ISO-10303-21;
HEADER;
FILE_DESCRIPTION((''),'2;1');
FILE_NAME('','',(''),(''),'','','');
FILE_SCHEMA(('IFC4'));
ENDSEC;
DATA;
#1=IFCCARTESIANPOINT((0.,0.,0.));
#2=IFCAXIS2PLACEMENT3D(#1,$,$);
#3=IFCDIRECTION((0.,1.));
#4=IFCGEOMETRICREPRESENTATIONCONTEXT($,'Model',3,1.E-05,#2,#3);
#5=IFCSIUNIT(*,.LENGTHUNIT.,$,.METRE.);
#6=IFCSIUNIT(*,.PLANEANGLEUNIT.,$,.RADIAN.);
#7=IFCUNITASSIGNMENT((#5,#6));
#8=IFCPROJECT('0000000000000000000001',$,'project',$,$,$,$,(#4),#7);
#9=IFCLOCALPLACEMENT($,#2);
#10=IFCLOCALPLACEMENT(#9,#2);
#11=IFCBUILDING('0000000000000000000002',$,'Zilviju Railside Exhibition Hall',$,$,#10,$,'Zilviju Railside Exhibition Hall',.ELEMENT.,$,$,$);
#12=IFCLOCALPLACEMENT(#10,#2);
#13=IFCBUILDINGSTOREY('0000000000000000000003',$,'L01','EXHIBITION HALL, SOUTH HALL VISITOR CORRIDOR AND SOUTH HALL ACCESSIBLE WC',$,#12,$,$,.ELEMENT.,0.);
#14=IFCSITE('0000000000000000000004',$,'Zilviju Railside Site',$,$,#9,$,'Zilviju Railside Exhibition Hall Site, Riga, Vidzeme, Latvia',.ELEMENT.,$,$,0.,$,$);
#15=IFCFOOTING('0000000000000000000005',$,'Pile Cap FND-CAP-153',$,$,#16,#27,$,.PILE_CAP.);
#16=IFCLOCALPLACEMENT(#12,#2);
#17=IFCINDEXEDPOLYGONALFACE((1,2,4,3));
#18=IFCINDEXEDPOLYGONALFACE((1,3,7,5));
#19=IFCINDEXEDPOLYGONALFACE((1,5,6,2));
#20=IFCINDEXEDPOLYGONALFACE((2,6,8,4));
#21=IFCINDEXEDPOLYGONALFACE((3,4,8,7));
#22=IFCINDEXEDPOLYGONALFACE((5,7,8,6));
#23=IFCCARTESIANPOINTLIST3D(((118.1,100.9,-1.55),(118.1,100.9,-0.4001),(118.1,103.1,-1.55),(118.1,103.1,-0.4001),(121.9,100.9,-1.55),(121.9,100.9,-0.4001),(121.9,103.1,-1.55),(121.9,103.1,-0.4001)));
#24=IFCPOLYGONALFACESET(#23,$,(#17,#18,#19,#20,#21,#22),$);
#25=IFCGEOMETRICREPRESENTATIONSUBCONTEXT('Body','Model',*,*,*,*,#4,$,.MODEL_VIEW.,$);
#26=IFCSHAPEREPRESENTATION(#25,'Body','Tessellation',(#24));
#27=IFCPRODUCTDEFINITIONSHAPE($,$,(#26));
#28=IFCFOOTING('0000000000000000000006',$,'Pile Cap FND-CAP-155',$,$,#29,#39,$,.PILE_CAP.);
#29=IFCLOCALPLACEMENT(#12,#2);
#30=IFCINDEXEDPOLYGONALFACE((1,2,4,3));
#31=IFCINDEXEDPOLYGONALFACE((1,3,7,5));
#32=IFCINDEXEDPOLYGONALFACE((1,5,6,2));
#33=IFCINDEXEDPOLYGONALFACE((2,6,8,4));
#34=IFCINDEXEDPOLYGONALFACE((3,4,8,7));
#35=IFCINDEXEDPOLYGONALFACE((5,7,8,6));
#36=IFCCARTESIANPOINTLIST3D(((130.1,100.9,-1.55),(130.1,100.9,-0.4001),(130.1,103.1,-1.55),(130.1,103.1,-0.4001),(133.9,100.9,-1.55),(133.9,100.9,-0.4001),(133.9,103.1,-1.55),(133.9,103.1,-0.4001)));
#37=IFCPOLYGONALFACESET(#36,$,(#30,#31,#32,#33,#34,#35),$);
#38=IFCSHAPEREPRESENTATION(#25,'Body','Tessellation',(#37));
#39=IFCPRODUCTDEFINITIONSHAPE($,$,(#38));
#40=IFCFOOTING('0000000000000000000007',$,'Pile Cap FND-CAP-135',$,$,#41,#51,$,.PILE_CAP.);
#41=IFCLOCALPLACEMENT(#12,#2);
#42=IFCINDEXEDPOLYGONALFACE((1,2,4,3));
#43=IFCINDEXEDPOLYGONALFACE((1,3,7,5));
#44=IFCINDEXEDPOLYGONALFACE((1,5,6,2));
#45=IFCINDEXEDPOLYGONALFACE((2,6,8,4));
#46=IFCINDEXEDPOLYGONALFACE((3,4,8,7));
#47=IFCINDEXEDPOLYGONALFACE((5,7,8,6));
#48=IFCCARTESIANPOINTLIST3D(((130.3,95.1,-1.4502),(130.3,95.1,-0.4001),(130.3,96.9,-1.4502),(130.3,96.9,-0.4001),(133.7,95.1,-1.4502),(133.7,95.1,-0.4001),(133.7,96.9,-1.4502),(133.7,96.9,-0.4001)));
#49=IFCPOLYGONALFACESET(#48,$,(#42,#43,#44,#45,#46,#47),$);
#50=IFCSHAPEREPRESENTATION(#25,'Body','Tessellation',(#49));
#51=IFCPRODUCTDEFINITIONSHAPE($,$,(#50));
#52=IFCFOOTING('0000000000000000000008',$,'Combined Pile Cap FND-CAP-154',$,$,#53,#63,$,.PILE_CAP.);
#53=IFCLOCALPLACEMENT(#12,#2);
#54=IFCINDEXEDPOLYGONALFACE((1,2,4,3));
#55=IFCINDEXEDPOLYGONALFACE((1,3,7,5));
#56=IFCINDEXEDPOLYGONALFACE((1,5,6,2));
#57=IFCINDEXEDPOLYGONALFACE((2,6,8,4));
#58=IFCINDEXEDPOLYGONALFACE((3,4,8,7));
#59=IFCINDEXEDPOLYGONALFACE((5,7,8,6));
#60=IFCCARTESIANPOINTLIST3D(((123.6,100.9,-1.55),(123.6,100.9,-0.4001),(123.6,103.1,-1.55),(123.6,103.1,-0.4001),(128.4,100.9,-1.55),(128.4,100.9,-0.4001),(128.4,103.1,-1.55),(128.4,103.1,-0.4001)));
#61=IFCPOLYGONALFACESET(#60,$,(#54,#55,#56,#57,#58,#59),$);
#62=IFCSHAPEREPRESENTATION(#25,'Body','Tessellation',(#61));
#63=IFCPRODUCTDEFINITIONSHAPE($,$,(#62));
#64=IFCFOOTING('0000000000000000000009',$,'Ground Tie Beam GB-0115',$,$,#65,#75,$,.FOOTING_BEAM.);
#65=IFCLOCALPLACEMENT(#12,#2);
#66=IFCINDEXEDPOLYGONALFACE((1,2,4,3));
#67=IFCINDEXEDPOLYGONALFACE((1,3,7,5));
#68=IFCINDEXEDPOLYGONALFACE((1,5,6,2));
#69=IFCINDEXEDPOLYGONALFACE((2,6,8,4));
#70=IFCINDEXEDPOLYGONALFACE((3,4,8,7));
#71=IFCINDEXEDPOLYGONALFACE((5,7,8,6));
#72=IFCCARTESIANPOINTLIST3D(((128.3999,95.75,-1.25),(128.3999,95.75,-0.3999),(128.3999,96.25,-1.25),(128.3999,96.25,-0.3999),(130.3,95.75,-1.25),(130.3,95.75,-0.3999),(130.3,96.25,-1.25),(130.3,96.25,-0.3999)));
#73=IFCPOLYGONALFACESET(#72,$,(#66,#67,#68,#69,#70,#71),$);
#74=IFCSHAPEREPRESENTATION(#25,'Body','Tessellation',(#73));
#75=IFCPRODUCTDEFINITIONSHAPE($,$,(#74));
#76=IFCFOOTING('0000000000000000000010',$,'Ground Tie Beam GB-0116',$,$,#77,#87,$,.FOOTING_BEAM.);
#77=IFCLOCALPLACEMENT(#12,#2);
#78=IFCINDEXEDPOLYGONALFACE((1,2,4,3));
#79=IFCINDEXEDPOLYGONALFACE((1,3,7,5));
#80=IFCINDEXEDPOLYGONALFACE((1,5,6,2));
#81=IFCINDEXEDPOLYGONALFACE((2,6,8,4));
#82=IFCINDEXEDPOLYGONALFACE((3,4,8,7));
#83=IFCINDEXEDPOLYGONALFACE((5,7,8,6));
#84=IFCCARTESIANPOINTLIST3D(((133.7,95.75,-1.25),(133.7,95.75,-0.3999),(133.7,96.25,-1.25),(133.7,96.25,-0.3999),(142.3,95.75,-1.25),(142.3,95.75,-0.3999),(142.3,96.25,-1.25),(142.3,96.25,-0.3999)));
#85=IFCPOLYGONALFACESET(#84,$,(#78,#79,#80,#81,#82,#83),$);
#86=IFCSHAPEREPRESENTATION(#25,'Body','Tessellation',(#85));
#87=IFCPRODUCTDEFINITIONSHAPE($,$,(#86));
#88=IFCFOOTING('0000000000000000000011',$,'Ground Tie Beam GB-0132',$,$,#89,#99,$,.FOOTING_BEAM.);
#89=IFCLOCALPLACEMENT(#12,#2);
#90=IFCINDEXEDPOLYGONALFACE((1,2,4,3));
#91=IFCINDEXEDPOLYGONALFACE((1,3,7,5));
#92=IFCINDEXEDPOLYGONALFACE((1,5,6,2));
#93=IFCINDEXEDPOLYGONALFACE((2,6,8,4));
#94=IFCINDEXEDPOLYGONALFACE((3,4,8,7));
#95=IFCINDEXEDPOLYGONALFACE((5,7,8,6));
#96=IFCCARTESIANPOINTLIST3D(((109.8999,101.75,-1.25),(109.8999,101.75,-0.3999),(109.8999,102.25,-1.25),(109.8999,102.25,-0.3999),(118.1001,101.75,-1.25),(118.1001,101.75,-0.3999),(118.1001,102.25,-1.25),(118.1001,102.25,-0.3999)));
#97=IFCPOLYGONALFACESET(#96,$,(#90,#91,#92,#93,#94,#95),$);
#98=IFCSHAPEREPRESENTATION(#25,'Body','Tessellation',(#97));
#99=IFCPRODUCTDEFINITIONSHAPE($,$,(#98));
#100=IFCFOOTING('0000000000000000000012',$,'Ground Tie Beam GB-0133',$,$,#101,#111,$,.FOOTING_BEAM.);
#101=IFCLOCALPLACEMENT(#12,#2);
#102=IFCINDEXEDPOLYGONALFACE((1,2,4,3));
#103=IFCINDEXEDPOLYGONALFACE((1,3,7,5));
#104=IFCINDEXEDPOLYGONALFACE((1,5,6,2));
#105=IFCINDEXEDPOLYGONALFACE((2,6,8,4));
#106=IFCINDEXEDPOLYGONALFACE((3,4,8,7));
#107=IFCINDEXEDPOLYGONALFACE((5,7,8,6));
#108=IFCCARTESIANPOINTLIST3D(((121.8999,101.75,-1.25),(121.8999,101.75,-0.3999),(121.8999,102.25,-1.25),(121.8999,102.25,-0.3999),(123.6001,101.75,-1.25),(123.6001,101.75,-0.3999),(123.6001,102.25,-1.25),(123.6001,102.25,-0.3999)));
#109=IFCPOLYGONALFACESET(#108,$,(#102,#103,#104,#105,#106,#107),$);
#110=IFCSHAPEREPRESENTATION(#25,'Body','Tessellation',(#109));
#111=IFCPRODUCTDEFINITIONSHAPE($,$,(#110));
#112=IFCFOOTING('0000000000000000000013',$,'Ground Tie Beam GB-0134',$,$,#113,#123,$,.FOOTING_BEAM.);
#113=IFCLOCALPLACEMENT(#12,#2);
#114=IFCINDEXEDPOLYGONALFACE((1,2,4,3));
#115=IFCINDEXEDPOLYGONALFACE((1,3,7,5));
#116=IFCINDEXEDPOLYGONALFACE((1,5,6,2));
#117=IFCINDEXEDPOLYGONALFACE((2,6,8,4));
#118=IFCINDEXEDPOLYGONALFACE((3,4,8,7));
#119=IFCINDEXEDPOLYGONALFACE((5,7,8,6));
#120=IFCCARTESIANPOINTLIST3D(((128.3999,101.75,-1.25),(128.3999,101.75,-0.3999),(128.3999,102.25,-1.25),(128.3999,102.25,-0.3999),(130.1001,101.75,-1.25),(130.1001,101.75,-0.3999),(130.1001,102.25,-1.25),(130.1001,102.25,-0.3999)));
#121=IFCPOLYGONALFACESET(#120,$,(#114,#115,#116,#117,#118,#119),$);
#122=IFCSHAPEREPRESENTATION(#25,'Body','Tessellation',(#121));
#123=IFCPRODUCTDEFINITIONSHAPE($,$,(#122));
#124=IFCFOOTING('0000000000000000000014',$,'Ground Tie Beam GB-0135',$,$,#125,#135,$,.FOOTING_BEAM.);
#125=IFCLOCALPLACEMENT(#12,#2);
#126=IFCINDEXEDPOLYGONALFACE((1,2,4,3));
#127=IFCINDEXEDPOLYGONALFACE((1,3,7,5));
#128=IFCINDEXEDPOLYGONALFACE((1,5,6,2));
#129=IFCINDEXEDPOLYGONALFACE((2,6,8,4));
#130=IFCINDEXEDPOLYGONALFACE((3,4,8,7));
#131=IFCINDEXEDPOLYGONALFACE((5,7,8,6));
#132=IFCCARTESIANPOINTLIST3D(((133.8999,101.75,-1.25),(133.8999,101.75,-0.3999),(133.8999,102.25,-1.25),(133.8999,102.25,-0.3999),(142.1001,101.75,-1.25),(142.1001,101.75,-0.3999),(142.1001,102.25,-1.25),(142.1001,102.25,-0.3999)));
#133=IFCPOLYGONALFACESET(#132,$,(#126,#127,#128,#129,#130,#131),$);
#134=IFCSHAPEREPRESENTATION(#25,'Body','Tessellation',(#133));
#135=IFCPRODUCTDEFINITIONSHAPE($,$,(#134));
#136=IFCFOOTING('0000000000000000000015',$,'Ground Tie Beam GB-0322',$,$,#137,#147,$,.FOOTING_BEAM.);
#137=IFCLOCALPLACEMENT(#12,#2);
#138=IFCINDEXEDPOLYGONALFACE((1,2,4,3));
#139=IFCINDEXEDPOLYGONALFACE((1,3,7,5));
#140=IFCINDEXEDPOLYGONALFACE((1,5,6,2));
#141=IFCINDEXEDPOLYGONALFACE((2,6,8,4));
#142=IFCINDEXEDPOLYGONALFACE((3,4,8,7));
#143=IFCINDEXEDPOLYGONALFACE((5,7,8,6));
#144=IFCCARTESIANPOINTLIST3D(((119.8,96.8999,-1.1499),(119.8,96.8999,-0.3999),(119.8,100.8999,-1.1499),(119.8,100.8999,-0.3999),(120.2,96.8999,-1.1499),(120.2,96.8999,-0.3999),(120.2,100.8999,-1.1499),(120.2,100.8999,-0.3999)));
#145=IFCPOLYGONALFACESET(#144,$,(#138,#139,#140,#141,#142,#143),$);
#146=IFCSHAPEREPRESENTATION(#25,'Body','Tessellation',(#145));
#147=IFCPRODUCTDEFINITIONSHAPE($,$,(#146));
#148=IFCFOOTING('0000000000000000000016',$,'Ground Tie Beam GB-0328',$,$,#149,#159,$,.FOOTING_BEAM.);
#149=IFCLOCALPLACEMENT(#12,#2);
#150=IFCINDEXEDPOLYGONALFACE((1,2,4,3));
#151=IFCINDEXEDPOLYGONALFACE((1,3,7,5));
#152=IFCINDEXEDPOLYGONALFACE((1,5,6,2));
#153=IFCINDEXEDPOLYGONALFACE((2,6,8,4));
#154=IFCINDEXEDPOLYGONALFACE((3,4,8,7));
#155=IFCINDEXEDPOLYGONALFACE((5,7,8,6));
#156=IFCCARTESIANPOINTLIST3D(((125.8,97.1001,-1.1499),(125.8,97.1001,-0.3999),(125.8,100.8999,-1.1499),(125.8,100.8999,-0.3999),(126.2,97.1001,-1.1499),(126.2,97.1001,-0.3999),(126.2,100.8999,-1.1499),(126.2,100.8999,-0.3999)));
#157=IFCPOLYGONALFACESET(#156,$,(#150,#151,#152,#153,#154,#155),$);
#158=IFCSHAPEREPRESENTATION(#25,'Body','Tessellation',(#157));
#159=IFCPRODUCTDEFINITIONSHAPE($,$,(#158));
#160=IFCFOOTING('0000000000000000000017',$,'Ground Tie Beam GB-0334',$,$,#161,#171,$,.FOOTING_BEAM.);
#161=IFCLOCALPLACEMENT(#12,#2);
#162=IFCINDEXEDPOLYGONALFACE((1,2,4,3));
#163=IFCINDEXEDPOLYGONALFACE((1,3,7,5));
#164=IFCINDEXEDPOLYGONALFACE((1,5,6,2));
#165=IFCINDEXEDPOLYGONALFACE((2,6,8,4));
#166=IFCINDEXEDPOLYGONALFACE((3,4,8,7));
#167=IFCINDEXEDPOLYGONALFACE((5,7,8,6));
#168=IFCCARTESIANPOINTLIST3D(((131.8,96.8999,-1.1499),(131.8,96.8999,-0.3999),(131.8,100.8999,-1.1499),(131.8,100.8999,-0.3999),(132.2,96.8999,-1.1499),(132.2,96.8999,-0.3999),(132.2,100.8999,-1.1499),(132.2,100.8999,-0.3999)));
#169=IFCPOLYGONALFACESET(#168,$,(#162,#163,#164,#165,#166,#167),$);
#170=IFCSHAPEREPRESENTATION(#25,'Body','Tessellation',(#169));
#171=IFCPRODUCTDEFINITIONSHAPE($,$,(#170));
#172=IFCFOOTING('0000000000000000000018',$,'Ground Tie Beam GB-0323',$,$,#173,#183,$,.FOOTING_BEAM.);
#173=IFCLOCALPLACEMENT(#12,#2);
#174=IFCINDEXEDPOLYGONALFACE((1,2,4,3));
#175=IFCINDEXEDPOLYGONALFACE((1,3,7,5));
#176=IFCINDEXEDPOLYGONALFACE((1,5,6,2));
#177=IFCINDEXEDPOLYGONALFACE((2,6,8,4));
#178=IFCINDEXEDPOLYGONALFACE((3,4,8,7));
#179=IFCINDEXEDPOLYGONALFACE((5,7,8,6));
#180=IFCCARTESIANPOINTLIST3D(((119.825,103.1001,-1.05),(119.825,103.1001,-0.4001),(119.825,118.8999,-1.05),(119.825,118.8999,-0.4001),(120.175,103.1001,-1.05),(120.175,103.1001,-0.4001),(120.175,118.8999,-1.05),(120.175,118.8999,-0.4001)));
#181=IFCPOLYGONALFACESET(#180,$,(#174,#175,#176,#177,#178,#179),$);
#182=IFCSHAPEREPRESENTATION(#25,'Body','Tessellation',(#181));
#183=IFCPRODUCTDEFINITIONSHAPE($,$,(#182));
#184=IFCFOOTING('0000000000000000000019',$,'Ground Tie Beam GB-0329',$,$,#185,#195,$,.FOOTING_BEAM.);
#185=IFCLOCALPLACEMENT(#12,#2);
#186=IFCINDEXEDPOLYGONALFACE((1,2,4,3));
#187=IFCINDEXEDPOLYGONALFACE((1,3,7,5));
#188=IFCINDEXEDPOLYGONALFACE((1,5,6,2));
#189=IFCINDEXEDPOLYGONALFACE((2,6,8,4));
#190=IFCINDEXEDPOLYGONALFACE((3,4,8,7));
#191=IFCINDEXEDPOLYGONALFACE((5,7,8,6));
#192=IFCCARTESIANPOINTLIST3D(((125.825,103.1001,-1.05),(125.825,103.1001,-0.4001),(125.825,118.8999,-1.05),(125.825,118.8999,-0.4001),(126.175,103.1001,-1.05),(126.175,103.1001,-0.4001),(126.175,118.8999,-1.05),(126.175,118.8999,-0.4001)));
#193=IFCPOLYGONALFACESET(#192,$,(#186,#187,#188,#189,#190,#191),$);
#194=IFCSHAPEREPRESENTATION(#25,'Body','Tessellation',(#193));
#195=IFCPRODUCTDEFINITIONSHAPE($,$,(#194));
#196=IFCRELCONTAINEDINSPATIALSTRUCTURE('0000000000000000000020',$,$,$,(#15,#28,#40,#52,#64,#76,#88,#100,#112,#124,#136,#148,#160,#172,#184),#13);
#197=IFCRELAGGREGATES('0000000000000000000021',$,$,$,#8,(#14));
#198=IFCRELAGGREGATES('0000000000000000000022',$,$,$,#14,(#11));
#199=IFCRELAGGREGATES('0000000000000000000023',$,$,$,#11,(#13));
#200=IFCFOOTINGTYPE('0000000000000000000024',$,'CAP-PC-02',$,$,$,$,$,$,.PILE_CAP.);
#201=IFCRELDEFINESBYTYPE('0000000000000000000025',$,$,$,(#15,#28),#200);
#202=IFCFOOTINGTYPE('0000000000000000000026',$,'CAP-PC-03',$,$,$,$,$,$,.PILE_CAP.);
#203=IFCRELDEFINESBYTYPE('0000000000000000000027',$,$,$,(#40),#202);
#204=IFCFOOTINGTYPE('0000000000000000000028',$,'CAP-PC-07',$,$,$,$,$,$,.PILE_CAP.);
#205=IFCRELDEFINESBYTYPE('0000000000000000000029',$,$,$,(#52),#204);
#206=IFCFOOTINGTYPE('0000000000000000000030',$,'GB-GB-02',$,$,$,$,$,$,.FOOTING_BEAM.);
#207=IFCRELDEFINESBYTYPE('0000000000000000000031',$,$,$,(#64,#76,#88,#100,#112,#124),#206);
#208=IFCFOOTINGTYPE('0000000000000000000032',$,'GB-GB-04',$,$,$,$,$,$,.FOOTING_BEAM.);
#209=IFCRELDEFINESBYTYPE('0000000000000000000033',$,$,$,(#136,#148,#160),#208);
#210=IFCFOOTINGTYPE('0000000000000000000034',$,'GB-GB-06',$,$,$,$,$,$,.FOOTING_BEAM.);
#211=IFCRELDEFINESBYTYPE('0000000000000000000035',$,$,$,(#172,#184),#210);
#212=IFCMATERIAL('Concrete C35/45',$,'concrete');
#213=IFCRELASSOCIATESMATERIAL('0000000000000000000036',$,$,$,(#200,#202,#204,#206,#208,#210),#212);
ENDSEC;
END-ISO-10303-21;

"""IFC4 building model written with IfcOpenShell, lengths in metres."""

from ifc_helpers import new_model, si_unit, direction, frame, origin, origin_2d, place, context, subcontext, project, spatial, rectangle, extrude, material, material_profile, profile_set, type_object, element, save


model = new_model("IFC4")

# Units and contexts
model_context = context("Model", 3, precision=1e-05, world=origin(), true_north=direction((0.0, 1.0)))
body_context = subcontext(model_context, "Body", "Model", "MODEL_VIEW")
ifc_project = project(units=[si_unit("LENGTHUNIT", "METRE"), si_unit("PLANEANGLEUNIT", "RADIAN")], contexts=[model_context])

# Site, building, storey
site_placement = place(None, origin())
site = spatial("IfcSite", under=ifc_project, at=site_placement, Name="Zilviju Railside Site", LongName="Zilviju Railside Exhibition Hall Site, Riga, Vidzeme, Latvia", CompositionType="ELEMENT", RefElevation=0.0)
building_placement = place(site_placement, origin())
building = spatial("IfcBuilding", under=site, at=building_placement, Name="Zilviju Railside Exhibition Hall", LongName="Zilviju Railside Exhibition Hall", CompositionType="ELEMENT")
storey_placement = place(building_placement, origin())
storey = spatial("IfcBuildingStorey", under=building, at=storey_placement, Name="L01", Description="EXHIBITION HALL, SOUTH HALL VISITOR CORRIDOR AND SOUTH HALL ACCESSIBLE WC", CompositionType="ELEMENT", Elevation=0.0)

# Footings
ifc_material_1 = material(Name="Concrete C35/45", Category="concrete")
footing_type_1 = type_object("IfcFootingType", Name="CAP-PC-02", PredefinedType="PILE_CAP", material=ifc_material_1)
for number, where, z_axis, x_axis, name in (
    (1, (120.0, 102.0, -1.55), (0.0, 0.0, 1.0), (1.0, 0.0, 0.0), "Pile Cap FND-CAP-153"),
    (2, (132.0, 102.0, -1.55), (0.0, 0.0, 1.0), (1.0, 0.0, 0.0), "Pile Cap FND-CAP-155"),
):
    element("IfcFooting", number, at=place(storey_placement, frame(where, z_axis=z_axis, x_axis=x_axis)), inside=storey, type_object=footing_type_1, Name=name, PredefinedType="PILE_CAP", context=body_context, shape_type="SweptSolid", body=[
        extrude(rectangle(XDim=3.8, YDim=2.2, at=origin_2d()), origin(), (0.0, 0.0, 1.0), 1.1499),
    ])
footing_type_2 = type_object("IfcFootingType", Name="CAP-PC-03", PredefinedType="PILE_CAP", material=ifc_material_1)
footing_1_placement = place(storey_placement, frame((132.0, 96.0, -1.4502), z_axis=(0.0, 0.0, 1.0), x_axis=(1.0, 0.0, 0.0)))
element("IfcFooting", 3, at=footing_1_placement, inside=storey, type_object=footing_type_2, Name="Pile Cap FND-CAP-135", PredefinedType="PILE_CAP", context=body_context, shape_type="SweptSolid", body=[
    extrude(rectangle(XDim=3.3999, YDim=1.8, at=origin_2d()), origin(), (0.0, 0.0, 1.0), 1.05),
])
footing_type_3 = type_object("IfcFootingType", Name="CAP-PC-07", PredefinedType="PILE_CAP", material=ifc_material_1)
footing_2_placement = place(storey_placement, frame((126.0, 102.0, -1.55), z_axis=(0.0, 0.0, 1.0), x_axis=(1.0, 0.0, 0.0)))
element("IfcFooting", 4, at=footing_2_placement, inside=storey, type_object=footing_type_3, Name="Combined Pile Cap FND-CAP-154", PredefinedType="PILE_CAP", context=body_context, shape_type="SweptSolid", body=[
    extrude(rectangle(XDim=4.8, YDim=2.2, at=origin_2d()), origin(), (0.0, 0.0, 1.0), 1.1499),
])
ifc_material_profile_1 = material_profile(ifc_material_1, rectangle(XDim=0.5, YDim=0.8501, at=origin_2d()), Name="TIE BEAM 500x850")
ifc_profile_set_1 = profile_set([ifc_material_profile_1], Name="Concrete C35/45")
footing_type_4 = type_object("IfcFootingType", Name="GB-GB-02", PredefinedType="FOOTING_BEAM", material=ifc_profile_set_1)
footing_3_placement = place(storey_placement, frame((128.3999, 96.0, -0.825), z_axis=(1.0, 0.0, 0.0), x_axis=(0.0, 1.0, 0.0)))
element("IfcFooting", 5, at=footing_3_placement, inside=storey, type_object=footing_type_4, Name="Ground Tie Beam GB-0115", PredefinedType="FOOTING_BEAM", context=body_context, shape_type="SweptSolid", body=[
    extrude(rectangle(XDim=0.5, YDim=0.8501, at=origin_2d()), origin(), (0.0, 0.0, 1.0), 1.9001),
])
footing_4_placement = place(storey_placement, frame((133.7, 96.0, -0.825), z_axis=(1.0, 0.0, 0.0), x_axis=(0.0, 1.0, 0.0)))
element("IfcFooting", 6, at=footing_4_placement, inside=storey, type_object=footing_type_4, Name="Ground Tie Beam GB-0116", PredefinedType="FOOTING_BEAM", context=body_context, shape_type="SweptSolid", body=[
    extrude(rectangle(XDim=0.5, YDim=0.8501, at=origin_2d()), origin(), (0.0, 0.0, 1.0), 8.6001),
])
footing_5_placement = place(storey_placement, frame((109.8999, 102.0, -0.825), z_axis=(1.0, 0.0, 0.0), x_axis=(0.0, 1.0, 0.0)))
element("IfcFooting", 7, at=footing_5_placement, inside=storey, type_object=footing_type_4, Name="Ground Tie Beam GB-0132", PredefinedType="FOOTING_BEAM", context=body_context, shape_type="SweptSolid", body=[
    extrude(rectangle(XDim=0.5, YDim=0.8501, at=origin_2d()), origin(), (0.0, 0.0, 1.0), 8.2002),
])
for number, where, z_axis, x_axis, name in (
    (8, (121.8999, 102.0, -0.825), (1.0, 0.0, 0.0), (0.0, 1.0, 0.0), "Ground Tie Beam GB-0133"),
    (9, (128.3999, 102.0, -0.825), (1.0, 0.0, 0.0), (0.0, 1.0, 0.0), "Ground Tie Beam GB-0134"),
):
    element("IfcFooting", number, at=place(storey_placement, frame(where, z_axis=z_axis, x_axis=x_axis)), inside=storey, type_object=footing_type_4, Name=name, PredefinedType="FOOTING_BEAM", context=body_context, shape_type="SweptSolid", body=[
        extrude(rectangle(XDim=0.5, YDim=0.8501, at=origin_2d()), origin(), (0.0, 0.0, 1.0), 1.7002),
    ])
footing_6_placement = place(storey_placement, frame((133.8999, 102.0, -0.825), z_axis=(1.0, 0.0, 0.0), x_axis=(0.0, 1.0, 0.0)))
element("IfcFooting", 10, at=footing_6_placement, inside=storey, type_object=footing_type_4, Name="Ground Tie Beam GB-0135", PredefinedType="FOOTING_BEAM", context=body_context, shape_type="SweptSolid", body=[
    extrude(rectangle(XDim=0.5, YDim=0.8501, at=origin_2d()), origin(), (0.0, 0.0, 1.0), 8.2002),
])
ifc_material_profile_2 = material_profile(ifc_material_1, rectangle(XDim=0.3999, YDim=0.75, at=origin_2d()), Name="TIE BEAM 400x750")
ifc_profile_set_2 = profile_set([ifc_material_profile_2], Name="Concrete C35/45")
footing_type_5 = type_object("IfcFootingType", Name="GB-GB-04", PredefinedType="FOOTING_BEAM", material=ifc_profile_set_2)
footing_7_placement = place(storey_placement, frame((120.0, 96.8999, -0.7749), z_axis=(0.0, 1.0, 0.0), x_axis=(-1.0, 0.0, 0.0)))
element("IfcFooting", 11, at=footing_7_placement, inside=storey, type_object=footing_type_5, Name="Ground Tie Beam GB-0322", PredefinedType="FOOTING_BEAM", context=body_context, shape_type="SweptSolid", body=[
    extrude(rectangle(XDim=0.3999, YDim=0.75, at=origin_2d()), origin(), (0.0, 0.0, 1.0), 4.0),
])
footing_8_placement = place(storey_placement, frame((126.0, 97.1001, -0.7749), z_axis=(0.0, 1.0, 0.0), x_axis=(-1.0, 0.0, 0.0)))
element("IfcFooting", 12, at=footing_8_placement, inside=storey, type_object=footing_type_5, Name="Ground Tie Beam GB-0328", PredefinedType="FOOTING_BEAM", context=body_context, shape_type="SweptSolid", body=[
    extrude(rectangle(XDim=0.3999, YDim=0.75, at=origin_2d()), origin(), (0.0, 0.0, 1.0), 3.7998),
])
footing_9_placement = place(storey_placement, frame((132.0, 96.8999, -0.7749), z_axis=(0.0, 1.0, 0.0), x_axis=(-1.0, 0.0, 0.0)))
element("IfcFooting", 13, at=footing_9_placement, inside=storey, type_object=footing_type_5, Name="Ground Tie Beam GB-0334", PredefinedType="FOOTING_BEAM", context=body_context, shape_type="SweptSolid", body=[
    extrude(rectangle(XDim=0.3999, YDim=0.75, at=origin_2d()), origin(), (0.0, 0.0, 1.0), 4.0),
])
ifc_material_profile_3 = material_profile(ifc_material_1, rectangle(XDim=0.3501, YDim=0.6499, at=origin_2d()), Name="TIE BEAM 350x650")
ifc_profile_set_3 = profile_set([ifc_material_profile_3], Name="Concrete C35/45")
footing_type_6 = type_object("IfcFootingType", Name="GB-GB-06", PredefinedType="FOOTING_BEAM", material=ifc_profile_set_3)
for number, where, z_axis, x_axis, name in (
    (14, (120.0, 103.1001, -0.7251), (0.0, 1.0, 0.0), (-1.0, 0.0, 0.0), "Ground Tie Beam GB-0323"),
    (15, (126.0, 103.1001, -0.7251), (0.0, 1.0, 0.0), (-1.0, 0.0, 0.0), "Ground Tie Beam GB-0329"),
):
    element("IfcFooting", number, at=place(storey_placement, frame(where, z_axis=z_axis, x_axis=x_axis)), inside=storey, type_object=footing_type_6, Name=name, PredefinedType="FOOTING_BEAM", context=body_context, shape_type="SweptSolid", body=[
        extrude(rectangle(XDim=0.3501, YDim=0.6499, at=origin_2d()), origin(), (0.0, 0.0, 1.0), 15.7998),
    ])

save(model, "model.ifc")
